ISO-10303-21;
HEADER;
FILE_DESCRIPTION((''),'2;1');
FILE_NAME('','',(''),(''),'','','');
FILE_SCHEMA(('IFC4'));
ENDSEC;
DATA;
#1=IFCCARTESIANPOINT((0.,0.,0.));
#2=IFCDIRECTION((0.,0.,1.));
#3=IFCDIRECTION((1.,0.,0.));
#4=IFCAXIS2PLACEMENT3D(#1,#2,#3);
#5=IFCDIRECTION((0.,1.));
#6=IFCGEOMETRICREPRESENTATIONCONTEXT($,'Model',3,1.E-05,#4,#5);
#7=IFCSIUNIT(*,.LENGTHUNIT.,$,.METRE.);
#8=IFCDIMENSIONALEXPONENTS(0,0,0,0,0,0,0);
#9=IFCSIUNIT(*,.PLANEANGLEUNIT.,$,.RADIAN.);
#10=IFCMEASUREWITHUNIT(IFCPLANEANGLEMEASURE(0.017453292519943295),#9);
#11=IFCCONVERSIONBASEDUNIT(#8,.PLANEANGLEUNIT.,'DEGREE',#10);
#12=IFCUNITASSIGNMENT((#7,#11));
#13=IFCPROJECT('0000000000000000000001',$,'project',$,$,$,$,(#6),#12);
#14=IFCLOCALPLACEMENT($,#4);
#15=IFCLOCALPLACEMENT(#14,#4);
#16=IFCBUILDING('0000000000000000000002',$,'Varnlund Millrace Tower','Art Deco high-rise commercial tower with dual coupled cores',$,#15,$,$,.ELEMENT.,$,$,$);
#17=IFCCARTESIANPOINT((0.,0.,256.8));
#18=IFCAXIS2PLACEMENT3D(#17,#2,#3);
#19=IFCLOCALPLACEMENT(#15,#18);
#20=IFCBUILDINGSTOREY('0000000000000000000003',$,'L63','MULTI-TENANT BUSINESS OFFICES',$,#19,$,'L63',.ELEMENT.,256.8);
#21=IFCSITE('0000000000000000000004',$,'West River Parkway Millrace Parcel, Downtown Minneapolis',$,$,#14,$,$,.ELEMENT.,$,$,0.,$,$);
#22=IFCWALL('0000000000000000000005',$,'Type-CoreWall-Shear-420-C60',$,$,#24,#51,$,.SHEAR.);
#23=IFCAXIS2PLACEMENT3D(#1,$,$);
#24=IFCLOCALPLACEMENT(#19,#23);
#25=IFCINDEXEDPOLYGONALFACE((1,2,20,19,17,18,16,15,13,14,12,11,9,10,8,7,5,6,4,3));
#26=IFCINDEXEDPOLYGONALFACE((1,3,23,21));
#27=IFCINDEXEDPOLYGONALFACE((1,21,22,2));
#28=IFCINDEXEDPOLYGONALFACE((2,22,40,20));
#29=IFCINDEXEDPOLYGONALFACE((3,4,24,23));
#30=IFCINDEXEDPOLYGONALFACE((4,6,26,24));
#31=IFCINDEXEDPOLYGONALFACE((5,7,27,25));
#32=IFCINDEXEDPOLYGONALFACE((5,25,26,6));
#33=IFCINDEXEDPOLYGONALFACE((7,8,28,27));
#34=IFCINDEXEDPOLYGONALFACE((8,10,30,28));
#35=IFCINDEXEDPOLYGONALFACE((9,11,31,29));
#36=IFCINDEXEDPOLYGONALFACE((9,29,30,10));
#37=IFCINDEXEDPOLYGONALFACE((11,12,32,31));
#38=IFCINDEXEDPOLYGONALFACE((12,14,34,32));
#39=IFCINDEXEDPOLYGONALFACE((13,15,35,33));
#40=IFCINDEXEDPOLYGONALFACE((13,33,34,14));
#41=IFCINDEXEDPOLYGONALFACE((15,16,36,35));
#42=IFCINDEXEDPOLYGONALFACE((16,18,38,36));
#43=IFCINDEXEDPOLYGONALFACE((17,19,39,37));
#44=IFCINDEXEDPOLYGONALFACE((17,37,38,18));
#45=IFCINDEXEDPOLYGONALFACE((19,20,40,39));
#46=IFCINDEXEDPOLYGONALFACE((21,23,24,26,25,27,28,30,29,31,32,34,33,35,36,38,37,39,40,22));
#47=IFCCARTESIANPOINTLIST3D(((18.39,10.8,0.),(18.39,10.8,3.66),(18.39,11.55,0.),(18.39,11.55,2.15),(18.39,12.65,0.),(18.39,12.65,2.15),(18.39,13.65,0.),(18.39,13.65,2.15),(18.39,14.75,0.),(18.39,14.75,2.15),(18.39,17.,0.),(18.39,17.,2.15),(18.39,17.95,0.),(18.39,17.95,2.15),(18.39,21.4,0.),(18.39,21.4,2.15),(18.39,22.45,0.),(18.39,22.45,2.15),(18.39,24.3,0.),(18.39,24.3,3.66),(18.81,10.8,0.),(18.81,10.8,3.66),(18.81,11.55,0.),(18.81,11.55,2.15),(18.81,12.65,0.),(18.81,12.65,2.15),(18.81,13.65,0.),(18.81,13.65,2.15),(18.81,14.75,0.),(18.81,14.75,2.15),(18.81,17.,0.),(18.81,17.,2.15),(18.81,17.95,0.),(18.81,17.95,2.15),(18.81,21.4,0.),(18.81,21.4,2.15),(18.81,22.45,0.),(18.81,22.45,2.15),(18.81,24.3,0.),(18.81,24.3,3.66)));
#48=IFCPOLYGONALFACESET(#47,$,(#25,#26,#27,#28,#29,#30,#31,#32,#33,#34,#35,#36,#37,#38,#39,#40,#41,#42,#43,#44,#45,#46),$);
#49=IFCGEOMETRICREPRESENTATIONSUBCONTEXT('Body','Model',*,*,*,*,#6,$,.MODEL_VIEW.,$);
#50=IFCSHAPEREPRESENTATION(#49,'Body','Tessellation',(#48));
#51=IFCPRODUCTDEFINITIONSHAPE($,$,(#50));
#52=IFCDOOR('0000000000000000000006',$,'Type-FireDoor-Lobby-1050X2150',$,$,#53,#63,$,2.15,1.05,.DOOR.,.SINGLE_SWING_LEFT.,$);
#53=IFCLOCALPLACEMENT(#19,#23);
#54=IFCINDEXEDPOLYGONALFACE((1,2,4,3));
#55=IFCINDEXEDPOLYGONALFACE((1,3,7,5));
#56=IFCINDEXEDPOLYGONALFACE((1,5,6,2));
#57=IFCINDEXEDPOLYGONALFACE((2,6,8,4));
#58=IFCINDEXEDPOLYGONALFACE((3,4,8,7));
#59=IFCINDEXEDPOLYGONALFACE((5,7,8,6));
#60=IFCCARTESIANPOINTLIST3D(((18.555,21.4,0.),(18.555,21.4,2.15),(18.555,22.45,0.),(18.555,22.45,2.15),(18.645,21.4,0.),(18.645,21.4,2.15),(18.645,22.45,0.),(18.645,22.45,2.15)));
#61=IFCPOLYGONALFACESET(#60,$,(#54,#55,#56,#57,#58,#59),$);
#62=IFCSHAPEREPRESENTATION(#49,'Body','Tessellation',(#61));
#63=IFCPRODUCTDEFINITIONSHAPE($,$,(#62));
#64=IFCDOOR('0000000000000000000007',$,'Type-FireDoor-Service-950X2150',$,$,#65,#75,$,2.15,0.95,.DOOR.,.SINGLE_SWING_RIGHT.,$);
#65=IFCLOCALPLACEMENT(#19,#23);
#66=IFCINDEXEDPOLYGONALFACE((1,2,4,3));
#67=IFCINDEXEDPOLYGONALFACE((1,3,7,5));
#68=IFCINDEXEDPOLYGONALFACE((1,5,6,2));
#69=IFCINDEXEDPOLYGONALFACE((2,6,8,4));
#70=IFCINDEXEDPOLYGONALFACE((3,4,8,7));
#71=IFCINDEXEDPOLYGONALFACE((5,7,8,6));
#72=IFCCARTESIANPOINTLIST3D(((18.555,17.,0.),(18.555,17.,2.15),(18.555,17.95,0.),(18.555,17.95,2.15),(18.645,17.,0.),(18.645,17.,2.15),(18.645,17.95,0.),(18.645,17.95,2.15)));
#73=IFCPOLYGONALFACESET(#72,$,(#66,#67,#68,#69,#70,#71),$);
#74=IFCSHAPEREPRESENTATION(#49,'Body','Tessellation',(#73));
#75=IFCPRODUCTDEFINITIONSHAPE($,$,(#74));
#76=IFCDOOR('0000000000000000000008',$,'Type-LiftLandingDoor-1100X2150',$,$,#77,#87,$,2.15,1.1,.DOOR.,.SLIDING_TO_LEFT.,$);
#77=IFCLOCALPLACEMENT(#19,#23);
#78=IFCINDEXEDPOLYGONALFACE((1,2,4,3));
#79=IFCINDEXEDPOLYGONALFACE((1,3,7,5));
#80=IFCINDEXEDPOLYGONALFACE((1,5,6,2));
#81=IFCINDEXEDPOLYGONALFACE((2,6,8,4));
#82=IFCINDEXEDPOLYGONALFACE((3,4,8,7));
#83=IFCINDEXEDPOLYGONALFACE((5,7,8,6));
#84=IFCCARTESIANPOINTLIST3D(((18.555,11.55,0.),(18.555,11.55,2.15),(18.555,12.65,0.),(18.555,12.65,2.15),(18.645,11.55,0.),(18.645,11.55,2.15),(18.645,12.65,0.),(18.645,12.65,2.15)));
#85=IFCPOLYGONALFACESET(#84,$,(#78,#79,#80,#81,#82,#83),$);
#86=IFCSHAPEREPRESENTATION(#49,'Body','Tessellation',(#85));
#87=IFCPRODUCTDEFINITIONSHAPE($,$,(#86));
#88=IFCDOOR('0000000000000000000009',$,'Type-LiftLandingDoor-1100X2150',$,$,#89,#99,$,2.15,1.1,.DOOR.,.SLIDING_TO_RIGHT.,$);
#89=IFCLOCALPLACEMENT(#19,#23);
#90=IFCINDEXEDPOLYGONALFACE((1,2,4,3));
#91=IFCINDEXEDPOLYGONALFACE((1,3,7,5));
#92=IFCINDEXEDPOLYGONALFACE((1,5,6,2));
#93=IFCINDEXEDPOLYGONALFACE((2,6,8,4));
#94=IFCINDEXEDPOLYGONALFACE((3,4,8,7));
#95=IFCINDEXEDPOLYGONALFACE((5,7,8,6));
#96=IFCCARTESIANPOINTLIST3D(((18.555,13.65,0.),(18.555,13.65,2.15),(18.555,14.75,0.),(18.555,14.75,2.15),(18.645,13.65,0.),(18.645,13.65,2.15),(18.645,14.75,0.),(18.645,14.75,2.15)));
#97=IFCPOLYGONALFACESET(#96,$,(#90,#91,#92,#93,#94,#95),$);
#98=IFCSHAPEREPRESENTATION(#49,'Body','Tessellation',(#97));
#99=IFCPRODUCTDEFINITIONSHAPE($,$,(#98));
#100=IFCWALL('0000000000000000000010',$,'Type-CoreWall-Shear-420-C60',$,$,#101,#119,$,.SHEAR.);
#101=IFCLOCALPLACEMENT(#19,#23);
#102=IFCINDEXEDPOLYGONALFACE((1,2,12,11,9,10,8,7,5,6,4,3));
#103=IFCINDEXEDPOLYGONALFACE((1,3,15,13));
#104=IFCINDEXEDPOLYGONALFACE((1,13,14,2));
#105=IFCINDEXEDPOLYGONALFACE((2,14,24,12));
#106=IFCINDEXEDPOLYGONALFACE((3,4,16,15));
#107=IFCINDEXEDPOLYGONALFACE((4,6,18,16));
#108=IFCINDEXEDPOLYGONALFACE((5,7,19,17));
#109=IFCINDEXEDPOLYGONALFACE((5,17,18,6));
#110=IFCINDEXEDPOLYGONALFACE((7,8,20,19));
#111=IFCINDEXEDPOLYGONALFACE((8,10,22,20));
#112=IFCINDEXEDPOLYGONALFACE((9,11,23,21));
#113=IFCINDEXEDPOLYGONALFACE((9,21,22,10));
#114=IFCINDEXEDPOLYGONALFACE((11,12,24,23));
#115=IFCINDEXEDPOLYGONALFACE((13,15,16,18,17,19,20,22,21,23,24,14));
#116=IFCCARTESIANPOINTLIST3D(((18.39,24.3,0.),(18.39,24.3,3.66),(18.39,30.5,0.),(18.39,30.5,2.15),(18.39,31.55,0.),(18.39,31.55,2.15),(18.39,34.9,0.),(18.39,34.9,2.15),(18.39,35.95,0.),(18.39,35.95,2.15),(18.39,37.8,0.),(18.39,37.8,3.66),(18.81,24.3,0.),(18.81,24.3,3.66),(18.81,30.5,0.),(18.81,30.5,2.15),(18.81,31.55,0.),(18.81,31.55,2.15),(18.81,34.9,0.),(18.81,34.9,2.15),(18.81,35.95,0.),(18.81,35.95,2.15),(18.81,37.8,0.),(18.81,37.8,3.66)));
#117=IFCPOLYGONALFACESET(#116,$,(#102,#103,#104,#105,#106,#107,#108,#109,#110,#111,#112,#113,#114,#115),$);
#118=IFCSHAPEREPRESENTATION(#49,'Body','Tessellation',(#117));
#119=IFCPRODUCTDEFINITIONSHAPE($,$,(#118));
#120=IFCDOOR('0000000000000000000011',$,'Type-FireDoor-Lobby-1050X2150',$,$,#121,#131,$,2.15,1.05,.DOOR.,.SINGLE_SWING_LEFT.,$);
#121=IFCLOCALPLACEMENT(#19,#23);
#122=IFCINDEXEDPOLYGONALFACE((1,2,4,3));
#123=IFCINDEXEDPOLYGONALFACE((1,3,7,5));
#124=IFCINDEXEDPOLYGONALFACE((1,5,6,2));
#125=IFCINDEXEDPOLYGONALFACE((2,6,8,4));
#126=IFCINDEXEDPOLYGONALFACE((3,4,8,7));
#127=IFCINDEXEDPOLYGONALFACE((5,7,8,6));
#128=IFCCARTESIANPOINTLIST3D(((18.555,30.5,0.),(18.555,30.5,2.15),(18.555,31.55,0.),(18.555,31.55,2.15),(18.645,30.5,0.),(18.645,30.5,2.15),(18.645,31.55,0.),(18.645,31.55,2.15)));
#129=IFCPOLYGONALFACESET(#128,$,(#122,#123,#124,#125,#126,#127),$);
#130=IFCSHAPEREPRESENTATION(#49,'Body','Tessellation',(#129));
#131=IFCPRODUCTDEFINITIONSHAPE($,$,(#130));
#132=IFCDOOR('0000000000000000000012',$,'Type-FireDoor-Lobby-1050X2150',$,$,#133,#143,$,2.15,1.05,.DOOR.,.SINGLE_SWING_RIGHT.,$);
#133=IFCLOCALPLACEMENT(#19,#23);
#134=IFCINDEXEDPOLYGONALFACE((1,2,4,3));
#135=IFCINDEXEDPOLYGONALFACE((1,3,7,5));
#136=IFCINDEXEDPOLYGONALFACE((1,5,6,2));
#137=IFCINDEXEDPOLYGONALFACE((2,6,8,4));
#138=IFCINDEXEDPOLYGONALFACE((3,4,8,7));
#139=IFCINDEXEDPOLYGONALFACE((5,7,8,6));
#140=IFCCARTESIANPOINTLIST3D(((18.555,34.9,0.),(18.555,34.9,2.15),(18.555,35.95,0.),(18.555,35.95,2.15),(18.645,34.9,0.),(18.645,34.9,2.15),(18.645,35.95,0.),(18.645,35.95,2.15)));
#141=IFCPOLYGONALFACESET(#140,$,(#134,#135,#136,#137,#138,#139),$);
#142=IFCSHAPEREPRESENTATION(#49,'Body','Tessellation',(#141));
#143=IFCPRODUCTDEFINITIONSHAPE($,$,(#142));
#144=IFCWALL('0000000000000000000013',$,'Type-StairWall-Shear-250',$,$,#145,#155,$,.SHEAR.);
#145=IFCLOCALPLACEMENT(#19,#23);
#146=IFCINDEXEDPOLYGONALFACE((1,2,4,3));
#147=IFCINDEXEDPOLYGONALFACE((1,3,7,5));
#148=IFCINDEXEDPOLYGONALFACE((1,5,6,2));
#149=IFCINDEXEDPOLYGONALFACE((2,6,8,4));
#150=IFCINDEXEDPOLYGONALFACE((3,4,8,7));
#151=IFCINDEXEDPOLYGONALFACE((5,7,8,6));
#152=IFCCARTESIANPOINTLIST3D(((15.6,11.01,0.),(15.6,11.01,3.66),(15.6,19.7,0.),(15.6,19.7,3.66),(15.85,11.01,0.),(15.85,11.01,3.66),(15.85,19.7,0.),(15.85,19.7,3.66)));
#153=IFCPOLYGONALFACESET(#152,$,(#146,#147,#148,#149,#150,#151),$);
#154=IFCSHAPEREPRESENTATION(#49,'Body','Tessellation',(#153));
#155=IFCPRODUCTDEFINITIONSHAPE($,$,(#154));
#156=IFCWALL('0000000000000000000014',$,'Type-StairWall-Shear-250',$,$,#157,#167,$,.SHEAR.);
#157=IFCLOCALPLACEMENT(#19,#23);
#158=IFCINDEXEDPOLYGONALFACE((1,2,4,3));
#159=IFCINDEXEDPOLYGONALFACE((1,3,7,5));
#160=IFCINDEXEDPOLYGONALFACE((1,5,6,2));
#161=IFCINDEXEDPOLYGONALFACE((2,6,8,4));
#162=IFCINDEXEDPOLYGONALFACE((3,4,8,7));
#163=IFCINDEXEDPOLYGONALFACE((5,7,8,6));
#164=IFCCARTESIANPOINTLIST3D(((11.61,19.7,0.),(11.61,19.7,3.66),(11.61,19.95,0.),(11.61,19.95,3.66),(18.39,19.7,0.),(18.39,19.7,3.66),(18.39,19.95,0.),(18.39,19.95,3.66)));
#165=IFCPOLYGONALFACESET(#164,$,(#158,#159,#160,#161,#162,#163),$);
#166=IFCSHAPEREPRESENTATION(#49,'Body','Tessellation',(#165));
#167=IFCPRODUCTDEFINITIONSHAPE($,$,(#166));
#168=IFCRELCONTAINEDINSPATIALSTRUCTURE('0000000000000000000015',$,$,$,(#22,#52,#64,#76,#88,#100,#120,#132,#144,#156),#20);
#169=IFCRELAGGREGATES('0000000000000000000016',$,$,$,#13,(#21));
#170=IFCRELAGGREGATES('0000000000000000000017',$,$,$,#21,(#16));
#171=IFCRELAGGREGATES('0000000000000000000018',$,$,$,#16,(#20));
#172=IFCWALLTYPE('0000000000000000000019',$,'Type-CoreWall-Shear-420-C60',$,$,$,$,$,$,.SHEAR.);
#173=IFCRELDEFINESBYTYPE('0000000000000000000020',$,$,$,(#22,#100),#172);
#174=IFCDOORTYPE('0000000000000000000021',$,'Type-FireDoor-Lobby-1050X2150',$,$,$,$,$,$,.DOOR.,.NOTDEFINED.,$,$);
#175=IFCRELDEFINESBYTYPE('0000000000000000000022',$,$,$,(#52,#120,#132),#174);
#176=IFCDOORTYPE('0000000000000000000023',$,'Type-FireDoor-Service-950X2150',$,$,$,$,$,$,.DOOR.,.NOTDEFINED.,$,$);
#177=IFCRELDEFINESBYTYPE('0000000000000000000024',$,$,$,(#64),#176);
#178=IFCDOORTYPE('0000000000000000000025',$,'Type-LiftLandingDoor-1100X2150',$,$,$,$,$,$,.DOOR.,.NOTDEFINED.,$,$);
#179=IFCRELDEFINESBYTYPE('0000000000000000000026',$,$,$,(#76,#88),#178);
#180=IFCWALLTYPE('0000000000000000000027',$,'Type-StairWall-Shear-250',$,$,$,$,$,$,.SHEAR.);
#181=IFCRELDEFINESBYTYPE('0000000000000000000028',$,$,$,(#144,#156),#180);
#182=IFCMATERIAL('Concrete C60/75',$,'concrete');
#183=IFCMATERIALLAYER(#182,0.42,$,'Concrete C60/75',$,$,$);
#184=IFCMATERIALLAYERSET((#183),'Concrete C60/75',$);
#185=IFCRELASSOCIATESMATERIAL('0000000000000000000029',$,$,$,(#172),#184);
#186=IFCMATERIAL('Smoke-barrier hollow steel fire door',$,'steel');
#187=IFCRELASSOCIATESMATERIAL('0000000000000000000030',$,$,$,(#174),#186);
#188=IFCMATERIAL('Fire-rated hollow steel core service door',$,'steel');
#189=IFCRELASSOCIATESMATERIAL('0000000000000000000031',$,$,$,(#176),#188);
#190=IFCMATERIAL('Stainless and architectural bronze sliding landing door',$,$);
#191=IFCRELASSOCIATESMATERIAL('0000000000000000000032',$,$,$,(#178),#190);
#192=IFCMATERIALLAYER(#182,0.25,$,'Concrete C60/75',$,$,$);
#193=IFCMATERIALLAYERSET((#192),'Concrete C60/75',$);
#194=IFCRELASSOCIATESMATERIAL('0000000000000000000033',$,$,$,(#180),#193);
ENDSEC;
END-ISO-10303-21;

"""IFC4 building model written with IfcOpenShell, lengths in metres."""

from ifc_helpers import new_model, entity, si_unit, converted_unit, direction, frame, origin_with_axes, origin_2d_with_axis, place, context, subcontext, project, spatial, polyline, rectangle, outline, extrude, material, layer, layer_set, type_object, element, fill, save


model = new_model("IFC4")

# Units and contexts
model_context = context("Model", 3, precision=1e-05, world=origin_with_axes(), true_north=direction((0.0, 1.0)))
body_context = subcontext(model_context, "Body", "Model", "MODEL_VIEW")
ifc_project = project(units=[si_unit("LENGTHUNIT", "METRE"), converted_unit("PLANEANGLEUNIT", "DEGREE", entity("IfcPlaneAngleMeasure", 0.017453292519943295), si_unit("PLANEANGLEUNIT", "RADIAN"), dimensions=[0, 0, 0, 0, 0, 0, 0])], contexts=[model_context])

# Site, building, storey
site_placement = place(None, origin_with_axes())
site = spatial("IfcSite", under=ifc_project, at=site_placement, Name="West River Parkway Millrace Parcel, Downtown Minneapolis", CompositionType="ELEMENT", RefElevation=0.0)
building_placement = place(site_placement, origin_with_axes())
building = spatial("IfcBuilding", under=site, at=building_placement, Name="Varnlund Millrace Tower", Description="Art Deco high-rise commercial tower with dual coupled cores", CompositionType="ELEMENT")
storey_placement = place(building_placement, frame((0.0, 0.0, 256.8), z_axis=(0.0, 0.0, 1.0), x_axis=(1.0, 0.0, 0.0)))
storey = spatial("IfcBuildingStorey", under=building, at=storey_placement, Name="L63", Description="MULTI-TENANT BUSINESS OFFICES", LongName="L63", CompositionType="ELEMENT", Elevation=256.8)

# Shared definitions
ifc_material_1 = material(Name="Concrete C60/75", Category="concrete")

# Shared definitions
ifc_layer_1 = layer(ifc_material_1, 0.42, Name="Concrete C60/75")
ifc_layer_set_1 = layer_set([ifc_layer_1], Name="Concrete C60/75")
wall_type_1 = type_object("IfcWallType", Name="Type-CoreWall-Shear-420-C60", PredefinedType="SHEAR", material=ifc_layer_set_1)

# Walls, openings, doors
wall_1_placement = place(storey_placement, frame((18.6, 10.8, 0.0), z_axis=(0.0, 0.0, 1.0), x_axis=(0.0, 1.0, 0.0)))
wall_1 = element("IfcWall", 1, at=wall_1_placement, inside=storey, type_object=wall_type_1, Name="Type-CoreWall-Shear-420-C60", PredefinedType="SHEAR", context=body_context, shape_type="SweptSolid", body=[
    extrude(outline(polyline([(0.0, -0.21), (13.5, -0.21), (13.5, 0.21), (0.0, 0.21), (0.0, -0.21)])), origin_with_axes(), (0.0, 0.0, 1.0), 3.66),
])
opening_1_placement = place(wall_1_placement, frame((1.3, 0.0, 0.0), z_axis=(0.0, 0.0, 1.0), x_axis=(1.0, 0.0, 0.0)))
opening_1 = element("IfcOpeningElement", 2, at=opening_1_placement, cuts=wall_1, PredefinedType="OPENING", context=body_context, shape_type="SweptSolid", body=[
    extrude(rectangle(XDim=1.1, YDim=0.44, at=origin_2d_with_axis()), origin_with_axes(), (0.0, 0.0, 1.0), 2.15),
])
opening_2_placement = place(wall_1_placement, frame((3.4, 0.0, 0.0), z_axis=(0.0, 0.0, 1.0), x_axis=(1.0, 0.0, 0.0)))
opening_2 = element("IfcOpeningElement", 3, at=opening_2_placement, cuts=wall_1, PredefinedType="OPENING", context=body_context, shape_type="SweptSolid", body=[
    extrude(rectangle(XDim=1.1, YDim=0.44, at=origin_2d_with_axis()), origin_with_axes(), (0.0, 0.0, 1.0), 2.15),
])
opening_3_placement = place(wall_1_placement, frame((11.125, 0.0, 0.0), z_axis=(0.0, 0.0, 1.0), x_axis=(1.0, 0.0, 0.0)))
opening_3 = element("IfcOpeningElement", 4, at=opening_3_placement, cuts=wall_1, PredefinedType="OPENING", context=body_context, shape_type="SweptSolid", body=[
    extrude(rectangle(XDim=1.05, YDim=0.44, at=origin_2d_with_axis()), origin_with_axes(), (0.0, 0.0, 1.0), 2.15),
])
opening_4_placement = place(wall_1_placement, frame((6.675, 0.0, 0.0), z_axis=(0.0, 0.0, 1.0), x_axis=(1.0, 0.0, 0.0)))
opening_4 = element("IfcOpeningElement", 5, at=opening_4_placement, cuts=wall_1, PredefinedType="OPENING", context=body_context, shape_type="SweptSolid", body=[
    extrude(rectangle(XDim=0.95, YDim=0.44, at=origin_2d_with_axis()), origin_with_axes(), (0.0, 0.0, 1.0), 2.15),
])
ifc_material_2 = material(Name="Smoke-barrier hollow steel fire door", Category="steel")
door_type_1 = type_object("IfcDoorType", Name="Type-FireDoor-Lobby-1050X2150", OperationType="NOTDEFINED", PredefinedType="DOOR", material=ifc_material_2)
door_1_placement = place(wall_1_placement, frame((11.125, 0.0, 0.0), z_axis=(0.0, 0.0, 1.0), x_axis=(1.0, 0.0, 0.0)))
door_1 = element("IfcDoor", 6, at=door_1_placement, inside=storey, type_object=door_type_1, Name="Type-FireDoor-Lobby-1050X2150", OperationType="SINGLE_SWING_LEFT", OverallHeight=2.15, OverallWidth=1.05, PredefinedType="DOOR", context=body_context, shape_type="SweptSolid", body=[
    extrude(rectangle(XDim=1.05, YDim=0.09, at=origin_2d_with_axis()), origin_with_axes(), (0.0, 0.0, 1.0), 2.15),
])
fill(opening_3, door_1)
ifc_material_3 = material(Name="Fire-rated hollow steel core service door", Category="steel")
door_type_2 = type_object("IfcDoorType", Name="Type-FireDoor-Service-950X2150", OperationType="NOTDEFINED", PredefinedType="DOOR", material=ifc_material_3)
door_2_placement = place(wall_1_placement, frame((6.675, 0.0, 0.0), z_axis=(0.0, 0.0, 1.0), x_axis=(1.0, 0.0, 0.0)))
door_2 = element("IfcDoor", 7, at=door_2_placement, inside=storey, type_object=door_type_2, Name="Type-FireDoor-Service-950X2150", OperationType="SINGLE_SWING_RIGHT", OverallHeight=2.15, OverallWidth=0.95, PredefinedType="DOOR", context=body_context, shape_type="SweptSolid", body=[
    extrude(rectangle(XDim=0.95, YDim=0.09, at=origin_2d_with_axis()), origin_with_axes(), (0.0, 0.0, 1.0), 2.15),
])
fill(opening_4, door_2)
ifc_material_4 = material(Name="Stainless and architectural bronze sliding landing door")
door_type_3 = type_object("IfcDoorType", Name="Type-LiftLandingDoor-1100X2150", OperationType="NOTDEFINED", PredefinedType="DOOR", material=ifc_material_4)
door_3_placement = place(wall_1_placement, frame((1.3, 0.0, 0.0), z_axis=(0.0, 0.0, 1.0), x_axis=(1.0, 0.0, 0.0)))
door_3 = element("IfcDoor", 8, at=door_3_placement, inside=storey, type_object=door_type_3, Name="Type-LiftLandingDoor-1100X2150", OperationType="SLIDING_TO_LEFT", OverallHeight=2.15, OverallWidth=1.1, PredefinedType="DOOR", context=body_context, shape_type="SweptSolid", body=[
    extrude(rectangle(XDim=1.1, YDim=0.09, at=origin_2d_with_axis()), origin_with_axes(), (0.0, 0.0, 1.0), 2.15),
])
fill(opening_1, door_3)
door_4_placement = place(wall_1_placement, frame((3.4, 0.0, 0.0), z_axis=(0.0, 0.0, 1.0), x_axis=(1.0, 0.0, 0.0)))
door_4 = element("IfcDoor", 9, at=door_4_placement, inside=storey, type_object=door_type_3, Name="Type-LiftLandingDoor-1100X2150", OperationType="SLIDING_TO_RIGHT", OverallHeight=2.15, OverallWidth=1.1, PredefinedType="DOOR", context=body_context, shape_type="SweptSolid", body=[
    extrude(rectangle(XDim=1.1, YDim=0.09, at=origin_2d_with_axis()), origin_with_axes(), (0.0, 0.0, 1.0), 2.15),
])
fill(opening_2, door_4)
wall_2_placement = place(storey_placement, frame((18.6, 24.3, 0.0), z_axis=(0.0, 0.0, 1.0), x_axis=(0.0, 1.0, 0.0)))
wall_2 = element("IfcWall", 10, at=wall_2_placement, inside=storey, type_object=wall_type_1, Name="Type-CoreWall-Shear-420-C60", PredefinedType="SHEAR", context=body_context, shape_type="SweptSolid", body=[
    extrude(outline(polyline([(0.0, -0.21), (13.5, -0.21), (13.5, 0.21), (0.0, 0.21), (0.0, -0.21)])), origin_with_axes(), (0.0, 0.0, 1.0), 3.66),
])
opening_5_placement = place(wall_2_placement, frame((6.725, 0.0, 0.0), z_axis=(0.0, 0.0, 1.0), x_axis=(1.0, 0.0, 0.0)))
opening_5 = element("IfcOpeningElement", 11, at=opening_5_placement, cuts=wall_2, PredefinedType="OPENING", context=body_context, shape_type="SweptSolid", body=[
    extrude(rectangle(XDim=1.05, YDim=0.44, at=origin_2d_with_axis()), origin_with_axes(), (0.0, 0.0, 1.0), 2.15),
])
opening_6_placement = place(wall_2_placement, frame((11.125, 0.0, 0.0), z_axis=(0.0, 0.0, 1.0), x_axis=(1.0, 0.0, 0.0)))
opening_6 = element("IfcOpeningElement", 12, at=opening_6_placement, cuts=wall_2, PredefinedType="OPENING", context=body_context, shape_type="SweptSolid", body=[
    extrude(rectangle(XDim=1.05, YDim=0.44, at=origin_2d_with_axis()), origin_with_axes(), (0.0, 0.0, 1.0), 2.15),
])
door_5_placement = place(wall_2_placement, frame((6.725, 0.0, 0.0), z_axis=(0.0, 0.0, 1.0), x_axis=(1.0, 0.0, 0.0)))
door_5 = element("IfcDoor", 13, at=door_5_placement, inside=storey, type_object=door_type_1, Name="Type-FireDoor-Lobby-1050X2150", OperationType="SINGLE_SWING_LEFT", OverallHeight=2.15, OverallWidth=1.05, PredefinedType="DOOR", context=body_context, shape_type="SweptSolid", body=[
    extrude(rectangle(XDim=1.05, YDim=0.09, at=origin_2d_with_axis()), origin_with_axes(), (0.0, 0.0, 1.0), 2.15),
])
fill(opening_5, door_5)
door_6_placement = place(wall_2_placement, frame((11.125, 0.0, 0.0), z_axis=(0.0, 0.0, 1.0), x_axis=(1.0, 0.0, 0.0)))
door_6 = element("IfcDoor", 14, at=door_6_placement, inside=storey, type_object=door_type_1, Name="Type-FireDoor-Lobby-1050X2150", OperationType="SINGLE_SWING_RIGHT", OverallHeight=2.15, OverallWidth=1.05, PredefinedType="DOOR", context=body_context, shape_type="SweptSolid", body=[
    extrude(rectangle(XDim=1.05, YDim=0.09, at=origin_2d_with_axis()), origin_with_axes(), (0.0, 0.0, 1.0), 2.15),
])
fill(opening_6, door_6)

# Walls
ifc_layer_2 = layer(ifc_material_1, 0.25, Name="Concrete C60/75")
ifc_layer_set_2 = layer_set([ifc_layer_2], Name="Concrete C60/75")
wall_type_2 = type_object("IfcWallType", Name="Type-StairWall-Shear-250", PredefinedType="SHEAR", material=ifc_layer_set_2)
wall_3_placement = place(storey_placement, frame((15.725, 11.01, 0.0), z_axis=(0.0, 0.0, 1.0), x_axis=(0.0, 1.0, 0.0)))
element("IfcWall", 15, at=wall_3_placement, inside=storey, type_object=wall_type_2, Name="Type-StairWall-Shear-250", PredefinedType="SHEAR", context=body_context, shape_type="SweptSolid", body=[
    extrude(outline(polyline([(0.0, -0.125), (8.69, -0.125), (8.69, 0.125), (0.0, 0.125), (0.0, -0.125)])), origin_with_axes(), (0.0, 0.0, 1.0), 3.66),
])
wall_4_placement = place(storey_placement, frame((11.61, 19.825, 0.0), z_axis=(0.0, 0.0, 1.0), x_axis=(1.0, 0.0, 0.0)))
element("IfcWall", 16, at=wall_4_placement, inside=storey, type_object=wall_type_2, Name="Type-StairWall-Shear-250", PredefinedType="SHEAR", context=body_context, shape_type="SweptSolid", body=[
    extrude(outline(polyline([(0.0, -0.125), (6.78, -0.125), (6.78, 0.125), (0.0, 0.125), (0.0, -0.125)])), origin_with_axes(), (0.0, 0.0, 1.0), 3.66),
])

save(model, "model.ifc")
